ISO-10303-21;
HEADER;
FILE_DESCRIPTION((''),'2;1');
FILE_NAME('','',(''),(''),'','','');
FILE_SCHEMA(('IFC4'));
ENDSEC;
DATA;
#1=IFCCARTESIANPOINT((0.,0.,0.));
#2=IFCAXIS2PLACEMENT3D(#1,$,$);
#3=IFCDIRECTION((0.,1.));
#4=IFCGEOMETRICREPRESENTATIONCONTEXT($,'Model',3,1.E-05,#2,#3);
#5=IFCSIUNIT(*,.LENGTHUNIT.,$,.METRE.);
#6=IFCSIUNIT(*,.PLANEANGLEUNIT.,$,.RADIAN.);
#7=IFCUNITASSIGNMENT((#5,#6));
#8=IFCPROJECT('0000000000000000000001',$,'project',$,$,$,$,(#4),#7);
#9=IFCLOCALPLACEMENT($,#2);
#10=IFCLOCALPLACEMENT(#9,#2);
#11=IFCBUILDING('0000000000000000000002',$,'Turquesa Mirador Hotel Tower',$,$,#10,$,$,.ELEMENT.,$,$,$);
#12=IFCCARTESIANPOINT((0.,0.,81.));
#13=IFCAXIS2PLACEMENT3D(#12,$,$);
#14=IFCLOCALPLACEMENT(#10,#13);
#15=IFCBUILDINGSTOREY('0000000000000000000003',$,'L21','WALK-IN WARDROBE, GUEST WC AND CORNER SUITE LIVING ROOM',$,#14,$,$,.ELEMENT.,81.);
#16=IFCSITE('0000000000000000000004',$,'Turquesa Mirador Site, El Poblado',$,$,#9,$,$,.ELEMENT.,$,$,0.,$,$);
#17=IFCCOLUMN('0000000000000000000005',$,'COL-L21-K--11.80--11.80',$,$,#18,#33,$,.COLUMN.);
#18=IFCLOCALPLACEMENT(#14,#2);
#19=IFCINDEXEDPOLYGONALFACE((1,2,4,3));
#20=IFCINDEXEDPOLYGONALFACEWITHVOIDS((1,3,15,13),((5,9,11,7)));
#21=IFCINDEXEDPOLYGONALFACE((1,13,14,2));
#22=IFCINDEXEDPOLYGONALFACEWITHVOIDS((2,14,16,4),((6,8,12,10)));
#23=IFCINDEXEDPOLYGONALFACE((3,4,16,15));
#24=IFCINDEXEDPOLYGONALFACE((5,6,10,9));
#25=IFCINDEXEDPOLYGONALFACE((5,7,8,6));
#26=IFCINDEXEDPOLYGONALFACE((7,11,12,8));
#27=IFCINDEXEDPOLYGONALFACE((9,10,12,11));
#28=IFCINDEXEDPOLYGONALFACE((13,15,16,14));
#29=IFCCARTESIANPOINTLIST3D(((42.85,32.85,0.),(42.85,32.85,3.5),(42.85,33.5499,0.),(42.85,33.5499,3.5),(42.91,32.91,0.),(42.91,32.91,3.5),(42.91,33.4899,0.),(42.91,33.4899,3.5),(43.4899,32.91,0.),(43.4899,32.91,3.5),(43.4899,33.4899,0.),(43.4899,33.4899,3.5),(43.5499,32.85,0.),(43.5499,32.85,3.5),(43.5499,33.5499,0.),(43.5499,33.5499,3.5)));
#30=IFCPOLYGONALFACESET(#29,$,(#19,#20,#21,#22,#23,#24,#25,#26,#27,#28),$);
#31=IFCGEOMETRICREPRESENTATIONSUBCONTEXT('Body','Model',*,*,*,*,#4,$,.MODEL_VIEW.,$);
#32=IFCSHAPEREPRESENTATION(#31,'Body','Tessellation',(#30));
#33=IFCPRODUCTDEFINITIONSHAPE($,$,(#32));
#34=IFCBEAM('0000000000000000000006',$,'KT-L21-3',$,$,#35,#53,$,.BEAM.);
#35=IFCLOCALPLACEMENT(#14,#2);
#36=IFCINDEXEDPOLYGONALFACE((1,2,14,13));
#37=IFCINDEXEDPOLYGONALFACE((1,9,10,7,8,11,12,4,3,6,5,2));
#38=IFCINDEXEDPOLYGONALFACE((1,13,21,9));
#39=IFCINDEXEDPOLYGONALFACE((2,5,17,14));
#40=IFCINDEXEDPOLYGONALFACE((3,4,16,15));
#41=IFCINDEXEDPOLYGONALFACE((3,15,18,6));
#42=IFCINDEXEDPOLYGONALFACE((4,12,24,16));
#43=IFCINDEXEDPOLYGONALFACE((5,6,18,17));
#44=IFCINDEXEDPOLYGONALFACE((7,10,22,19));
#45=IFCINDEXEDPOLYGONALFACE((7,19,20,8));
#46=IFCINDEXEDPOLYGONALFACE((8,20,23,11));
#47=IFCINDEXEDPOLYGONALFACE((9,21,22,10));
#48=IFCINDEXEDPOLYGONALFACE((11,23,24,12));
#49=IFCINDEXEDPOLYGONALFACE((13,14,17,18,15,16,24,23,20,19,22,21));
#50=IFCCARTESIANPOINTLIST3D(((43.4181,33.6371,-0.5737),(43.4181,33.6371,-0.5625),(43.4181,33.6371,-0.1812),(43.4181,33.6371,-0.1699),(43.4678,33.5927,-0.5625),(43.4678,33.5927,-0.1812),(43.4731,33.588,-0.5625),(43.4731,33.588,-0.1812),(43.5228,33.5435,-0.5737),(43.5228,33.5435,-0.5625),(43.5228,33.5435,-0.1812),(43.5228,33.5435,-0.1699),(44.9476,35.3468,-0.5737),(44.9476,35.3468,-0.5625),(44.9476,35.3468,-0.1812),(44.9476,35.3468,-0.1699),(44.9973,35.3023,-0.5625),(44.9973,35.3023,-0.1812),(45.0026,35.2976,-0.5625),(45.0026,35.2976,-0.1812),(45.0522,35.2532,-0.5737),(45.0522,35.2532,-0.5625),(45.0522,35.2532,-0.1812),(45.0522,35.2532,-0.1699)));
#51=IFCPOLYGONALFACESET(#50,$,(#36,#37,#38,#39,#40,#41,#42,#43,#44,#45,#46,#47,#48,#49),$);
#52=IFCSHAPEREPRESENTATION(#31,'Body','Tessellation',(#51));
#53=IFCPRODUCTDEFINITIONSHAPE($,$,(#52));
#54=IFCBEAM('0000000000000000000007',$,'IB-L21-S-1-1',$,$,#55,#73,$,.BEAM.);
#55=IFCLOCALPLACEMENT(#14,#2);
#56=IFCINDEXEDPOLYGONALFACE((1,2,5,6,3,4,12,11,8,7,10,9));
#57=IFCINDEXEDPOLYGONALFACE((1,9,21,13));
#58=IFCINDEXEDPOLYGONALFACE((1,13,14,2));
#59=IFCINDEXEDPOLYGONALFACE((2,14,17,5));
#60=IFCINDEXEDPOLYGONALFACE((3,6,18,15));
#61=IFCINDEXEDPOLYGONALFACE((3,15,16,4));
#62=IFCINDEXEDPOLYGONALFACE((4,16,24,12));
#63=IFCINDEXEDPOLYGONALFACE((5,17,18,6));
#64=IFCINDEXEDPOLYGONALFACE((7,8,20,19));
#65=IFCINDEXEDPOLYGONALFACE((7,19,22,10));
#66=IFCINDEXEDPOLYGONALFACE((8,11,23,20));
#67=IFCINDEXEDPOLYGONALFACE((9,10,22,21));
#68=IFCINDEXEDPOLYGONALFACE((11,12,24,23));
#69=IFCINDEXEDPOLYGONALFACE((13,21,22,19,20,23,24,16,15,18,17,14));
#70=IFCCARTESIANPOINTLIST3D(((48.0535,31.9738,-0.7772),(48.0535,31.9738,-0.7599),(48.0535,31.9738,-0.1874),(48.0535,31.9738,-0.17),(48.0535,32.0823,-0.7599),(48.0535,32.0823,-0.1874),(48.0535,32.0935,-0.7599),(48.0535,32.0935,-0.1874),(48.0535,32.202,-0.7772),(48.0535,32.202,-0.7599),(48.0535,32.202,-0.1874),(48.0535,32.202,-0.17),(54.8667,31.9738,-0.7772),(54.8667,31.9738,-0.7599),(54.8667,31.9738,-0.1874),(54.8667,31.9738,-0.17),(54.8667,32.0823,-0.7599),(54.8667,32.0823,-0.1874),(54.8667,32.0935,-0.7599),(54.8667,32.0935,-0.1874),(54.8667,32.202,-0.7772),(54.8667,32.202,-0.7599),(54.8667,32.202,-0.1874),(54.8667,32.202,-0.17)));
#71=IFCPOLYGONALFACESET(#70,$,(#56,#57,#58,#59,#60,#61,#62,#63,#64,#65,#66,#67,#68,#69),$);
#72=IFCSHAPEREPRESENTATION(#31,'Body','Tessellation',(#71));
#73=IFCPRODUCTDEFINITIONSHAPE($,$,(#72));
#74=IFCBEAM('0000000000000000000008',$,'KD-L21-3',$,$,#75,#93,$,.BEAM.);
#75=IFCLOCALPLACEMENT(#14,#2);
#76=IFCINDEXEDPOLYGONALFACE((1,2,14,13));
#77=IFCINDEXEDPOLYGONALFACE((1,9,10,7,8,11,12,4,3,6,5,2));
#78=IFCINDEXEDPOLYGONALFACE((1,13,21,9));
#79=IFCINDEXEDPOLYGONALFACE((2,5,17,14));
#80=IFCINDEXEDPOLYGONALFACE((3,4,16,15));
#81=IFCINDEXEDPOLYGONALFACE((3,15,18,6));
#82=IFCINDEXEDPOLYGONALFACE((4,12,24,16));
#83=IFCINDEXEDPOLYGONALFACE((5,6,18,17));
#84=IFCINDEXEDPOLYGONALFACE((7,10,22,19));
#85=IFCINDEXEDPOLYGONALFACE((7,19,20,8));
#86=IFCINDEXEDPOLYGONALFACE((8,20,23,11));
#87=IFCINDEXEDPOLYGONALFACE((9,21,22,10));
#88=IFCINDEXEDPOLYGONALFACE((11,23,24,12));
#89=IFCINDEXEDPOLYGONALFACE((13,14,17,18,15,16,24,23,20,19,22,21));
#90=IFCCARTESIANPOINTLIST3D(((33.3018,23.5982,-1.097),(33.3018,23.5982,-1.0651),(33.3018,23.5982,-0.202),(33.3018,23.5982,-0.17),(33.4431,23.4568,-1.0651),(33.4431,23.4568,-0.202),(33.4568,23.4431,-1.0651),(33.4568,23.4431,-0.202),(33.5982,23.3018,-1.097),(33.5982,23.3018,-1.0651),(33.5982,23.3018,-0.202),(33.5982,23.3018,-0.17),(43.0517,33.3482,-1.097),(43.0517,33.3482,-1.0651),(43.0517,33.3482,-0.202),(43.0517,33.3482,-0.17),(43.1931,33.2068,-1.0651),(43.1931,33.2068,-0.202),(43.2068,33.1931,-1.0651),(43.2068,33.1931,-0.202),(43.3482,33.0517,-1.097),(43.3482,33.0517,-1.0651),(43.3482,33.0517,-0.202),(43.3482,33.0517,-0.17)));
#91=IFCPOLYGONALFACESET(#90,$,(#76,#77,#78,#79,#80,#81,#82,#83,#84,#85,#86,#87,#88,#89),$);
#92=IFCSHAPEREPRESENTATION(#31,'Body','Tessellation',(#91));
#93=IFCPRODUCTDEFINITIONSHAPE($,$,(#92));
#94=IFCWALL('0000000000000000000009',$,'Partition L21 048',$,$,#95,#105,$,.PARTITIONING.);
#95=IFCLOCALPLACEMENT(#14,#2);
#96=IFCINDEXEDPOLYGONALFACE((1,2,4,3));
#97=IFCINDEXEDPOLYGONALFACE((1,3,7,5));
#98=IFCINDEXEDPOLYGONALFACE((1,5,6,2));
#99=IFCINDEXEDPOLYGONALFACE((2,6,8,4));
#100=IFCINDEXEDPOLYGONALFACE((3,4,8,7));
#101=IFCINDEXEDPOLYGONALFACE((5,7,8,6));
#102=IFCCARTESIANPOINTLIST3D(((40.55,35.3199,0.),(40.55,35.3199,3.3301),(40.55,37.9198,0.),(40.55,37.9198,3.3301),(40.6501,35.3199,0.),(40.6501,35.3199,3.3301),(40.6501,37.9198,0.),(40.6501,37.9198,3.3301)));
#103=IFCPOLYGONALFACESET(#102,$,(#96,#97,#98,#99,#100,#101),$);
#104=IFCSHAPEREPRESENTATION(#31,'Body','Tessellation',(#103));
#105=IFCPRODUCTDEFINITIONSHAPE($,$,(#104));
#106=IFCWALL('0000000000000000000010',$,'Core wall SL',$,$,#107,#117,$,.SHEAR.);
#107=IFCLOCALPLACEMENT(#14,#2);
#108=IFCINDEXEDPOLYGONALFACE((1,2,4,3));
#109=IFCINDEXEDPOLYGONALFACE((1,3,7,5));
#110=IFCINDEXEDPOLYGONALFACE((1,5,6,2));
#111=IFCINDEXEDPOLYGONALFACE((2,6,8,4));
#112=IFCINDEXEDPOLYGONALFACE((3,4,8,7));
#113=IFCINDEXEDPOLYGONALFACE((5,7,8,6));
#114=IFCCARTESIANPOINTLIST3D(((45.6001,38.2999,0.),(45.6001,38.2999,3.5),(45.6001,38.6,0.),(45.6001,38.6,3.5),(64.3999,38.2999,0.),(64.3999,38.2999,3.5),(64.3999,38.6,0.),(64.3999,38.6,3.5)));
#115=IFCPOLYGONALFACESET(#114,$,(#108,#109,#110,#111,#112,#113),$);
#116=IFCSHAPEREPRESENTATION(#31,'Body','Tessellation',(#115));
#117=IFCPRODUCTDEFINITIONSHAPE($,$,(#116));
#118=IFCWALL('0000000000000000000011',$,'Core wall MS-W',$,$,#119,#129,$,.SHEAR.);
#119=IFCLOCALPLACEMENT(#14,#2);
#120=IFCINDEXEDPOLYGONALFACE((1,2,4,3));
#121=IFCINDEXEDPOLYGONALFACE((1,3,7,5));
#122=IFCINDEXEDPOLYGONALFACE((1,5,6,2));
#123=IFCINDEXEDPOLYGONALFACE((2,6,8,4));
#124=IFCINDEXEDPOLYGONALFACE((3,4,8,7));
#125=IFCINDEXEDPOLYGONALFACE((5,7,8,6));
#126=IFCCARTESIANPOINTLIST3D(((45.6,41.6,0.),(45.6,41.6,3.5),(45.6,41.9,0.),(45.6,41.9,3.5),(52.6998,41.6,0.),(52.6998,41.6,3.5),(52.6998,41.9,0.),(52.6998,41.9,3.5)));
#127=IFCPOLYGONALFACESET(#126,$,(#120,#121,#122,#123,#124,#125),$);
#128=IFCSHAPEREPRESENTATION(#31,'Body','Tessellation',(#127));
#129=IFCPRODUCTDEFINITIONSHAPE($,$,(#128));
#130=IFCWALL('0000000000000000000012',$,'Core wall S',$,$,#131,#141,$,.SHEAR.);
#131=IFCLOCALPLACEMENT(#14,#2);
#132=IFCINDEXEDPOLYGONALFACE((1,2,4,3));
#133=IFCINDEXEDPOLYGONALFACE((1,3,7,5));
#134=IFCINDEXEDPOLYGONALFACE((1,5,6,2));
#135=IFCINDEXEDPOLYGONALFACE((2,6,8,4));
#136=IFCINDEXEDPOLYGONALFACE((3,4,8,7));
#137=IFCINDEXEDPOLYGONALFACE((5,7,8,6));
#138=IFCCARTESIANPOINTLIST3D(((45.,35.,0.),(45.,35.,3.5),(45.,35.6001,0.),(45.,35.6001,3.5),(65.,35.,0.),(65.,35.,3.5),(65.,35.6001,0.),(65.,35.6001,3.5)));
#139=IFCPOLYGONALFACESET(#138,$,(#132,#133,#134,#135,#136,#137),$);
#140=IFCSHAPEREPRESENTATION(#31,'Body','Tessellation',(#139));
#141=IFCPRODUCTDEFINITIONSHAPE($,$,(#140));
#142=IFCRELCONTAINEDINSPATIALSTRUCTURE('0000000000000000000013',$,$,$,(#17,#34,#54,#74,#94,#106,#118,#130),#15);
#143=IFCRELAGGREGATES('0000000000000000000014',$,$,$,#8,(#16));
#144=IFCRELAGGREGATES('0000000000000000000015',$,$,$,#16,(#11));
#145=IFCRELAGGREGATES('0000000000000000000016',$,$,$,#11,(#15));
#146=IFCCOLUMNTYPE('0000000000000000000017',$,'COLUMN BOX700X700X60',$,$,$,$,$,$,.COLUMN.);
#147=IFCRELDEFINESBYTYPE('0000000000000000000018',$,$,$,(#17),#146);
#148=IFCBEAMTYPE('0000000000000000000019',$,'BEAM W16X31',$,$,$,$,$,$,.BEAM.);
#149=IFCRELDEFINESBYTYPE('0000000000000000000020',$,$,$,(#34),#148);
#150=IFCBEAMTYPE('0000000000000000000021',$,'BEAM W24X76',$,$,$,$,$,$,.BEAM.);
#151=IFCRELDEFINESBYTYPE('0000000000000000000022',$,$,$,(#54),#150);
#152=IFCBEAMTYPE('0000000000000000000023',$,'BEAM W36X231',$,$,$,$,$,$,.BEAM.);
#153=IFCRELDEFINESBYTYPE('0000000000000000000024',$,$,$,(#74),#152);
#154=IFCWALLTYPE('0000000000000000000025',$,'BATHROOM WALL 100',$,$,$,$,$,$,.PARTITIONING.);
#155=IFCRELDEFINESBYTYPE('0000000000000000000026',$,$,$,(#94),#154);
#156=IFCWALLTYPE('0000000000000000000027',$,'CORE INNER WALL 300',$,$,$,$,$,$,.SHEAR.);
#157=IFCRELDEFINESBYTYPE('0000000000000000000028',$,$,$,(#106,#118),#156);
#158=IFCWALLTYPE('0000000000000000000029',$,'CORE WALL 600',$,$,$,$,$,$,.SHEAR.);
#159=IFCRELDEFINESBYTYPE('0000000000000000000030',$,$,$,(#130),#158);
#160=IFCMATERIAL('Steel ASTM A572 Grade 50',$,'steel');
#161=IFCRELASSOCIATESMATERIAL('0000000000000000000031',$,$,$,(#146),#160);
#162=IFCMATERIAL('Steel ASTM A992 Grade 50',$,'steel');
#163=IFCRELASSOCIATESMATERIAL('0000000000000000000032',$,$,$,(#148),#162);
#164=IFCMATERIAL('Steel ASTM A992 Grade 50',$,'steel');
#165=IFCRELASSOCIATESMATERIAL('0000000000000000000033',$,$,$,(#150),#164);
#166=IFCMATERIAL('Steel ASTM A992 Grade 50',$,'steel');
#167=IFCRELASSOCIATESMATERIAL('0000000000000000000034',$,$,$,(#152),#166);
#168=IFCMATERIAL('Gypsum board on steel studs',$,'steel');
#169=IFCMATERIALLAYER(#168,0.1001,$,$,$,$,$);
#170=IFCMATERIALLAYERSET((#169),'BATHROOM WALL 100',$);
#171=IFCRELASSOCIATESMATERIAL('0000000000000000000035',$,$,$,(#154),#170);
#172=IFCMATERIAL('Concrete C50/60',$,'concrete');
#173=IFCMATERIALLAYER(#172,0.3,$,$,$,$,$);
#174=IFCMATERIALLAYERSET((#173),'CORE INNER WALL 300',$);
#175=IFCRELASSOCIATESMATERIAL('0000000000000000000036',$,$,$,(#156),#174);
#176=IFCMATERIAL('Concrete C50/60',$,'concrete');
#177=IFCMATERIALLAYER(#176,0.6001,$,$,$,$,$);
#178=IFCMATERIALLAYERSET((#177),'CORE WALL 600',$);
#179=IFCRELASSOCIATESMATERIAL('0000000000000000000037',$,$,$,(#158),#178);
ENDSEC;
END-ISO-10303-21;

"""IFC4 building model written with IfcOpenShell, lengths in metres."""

from ifc_helpers import new_model, si_unit, direction, frame, frame_2d, origin, origin_2d, place, context, subcontext, project, spatial, rectangle, hollow_rectangle, i_section, extrude, material, layer, layer_set, material_profile, profile_set, type_object, element, save


model = new_model("IFC4")

# Units and contexts
model_context = context("Model", 3, precision=1e-05, world=origin(), true_north=direction((0.0, 1.0)))
body_context = subcontext(model_context, "Body", "Model", "MODEL_VIEW")
ifc_project = project(units=[si_unit("LENGTHUNIT", "METRE"), si_unit("PLANEANGLEUNIT", "RADIAN")], contexts=[model_context])

# Site, building, storey
site_placement = place(None, origin())
site = spatial("IfcSite", under=ifc_project, at=site_placement, Name="Turquesa Mirador Site, El Poblado", CompositionType="ELEMENT", RefElevation=0.0)
building_placement = place(site_placement, origin())
building = spatial("IfcBuilding", under=site, at=building_placement, Name="Turquesa Mirador Hotel Tower", CompositionType="ELEMENT")
storey_placement = place(building_placement, frame((0.0, 0.0, 81.0)))
storey = spatial("IfcBuildingStorey", under=building, at=storey_placement, Name="L21", Description="WALK-IN WARDROBE, GUEST WC AND CORNER SUITE LIVING ROOM", CompositionType="ELEMENT", Elevation=81.0)

# Column
ifc_material_1 = material(Name="Steel ASTM A572 Grade 50", Category="steel")
ifc_material_profile_1 = material_profile(ifc_material_1, hollow_rectangle(XDim=0.7, YDim=0.7, WallThickness=0.0601, at=origin_2d()), Name="BOX700X700X60")
ifc_profile_set_1 = profile_set([ifc_material_profile_1], Name="Steel ASTM A572 Grade 50")
column_type = type_object("IfcColumnType", Name="COLUMN BOX700X700X60", PredefinedType="COLUMN", material=ifc_profile_set_1)
column_placement = place(storey_placement, frame((43.2, 33.2, 0.0), z_axis=(0.0, 0.0, 1.0), x_axis=(1.0, 0.0, 0.0)))
element("IfcColumn", 1, at=column_placement, inside=storey, type_object=column_type, Name="COL-L21-K--11.80--11.80", PredefinedType="COLUMN", context=body_context, shape_type="SweptSolid", body=[
    extrude(hollow_rectangle(XDim=0.7, YDim=0.7, WallThickness=0.0601, at=origin_2d()), origin(), (0.0, 0.0, 1.0), 3.5),
])

# Beams
ifc_material_2 = material(Name="Steel ASTM A992 Grade 50", Category="steel")
ifc_material_profile_2 = material_profile(ifc_material_2, i_section(OverallWidth=0.1404, OverallDepth=0.4038, WebThickness=0.0071, FlangeThickness=0.0112, at=origin_2d()), Name="W16X31")
ifc_profile_set_2 = profile_set([ifc_material_profile_2], Name="Steel ASTM A992 Grade 50")
beam_type_1 = type_object("IfcBeamType", Name="BEAM W16X31", PredefinedType="BEAM", material=ifc_profile_set_2)
beam_1_placement = place(storey_placement, frame((43.4705, 33.5903, -0.3718), z_axis=(0.666745, 0.745286, 0.0), x_axis=(-0.745286, 0.666745, 0.0)))
element("IfcBeam", 2, at=beam_1_placement, inside=storey, type_object=beam_type_1, Name="KT-L21-3", PredefinedType="BEAM", context=body_context, shape_type="SweptSolid", body=[
    extrude(i_section(OverallWidth=0.1404, OverallDepth=0.4038, WebThickness=0.0071, FlangeThickness=0.0112, at=origin_2d()), origin(), (0.0, 0.0, 1.0), 2.2939),
])
ifc_material_3 = material(Name="Steel ASTM A992 Grade 50", Category="steel")
ifc_material_profile_3 = material_profile(ifc_material_3, i_section(OverallWidth=0.2283, OverallDepth=0.6072, WebThickness=0.0112, FlangeThickness=0.0173, at=origin_2d()), Name="W24X76")
ifc_profile_set_3 = profile_set([ifc_material_profile_3], Name="Steel ASTM A992 Grade 50")
beam_type_2 = type_object("IfcBeamType", Name="BEAM W24X76", PredefinedType="BEAM", material=ifc_profile_set_3)
beam_2_placement = place(storey_placement, frame((48.0535, 32.0879, -0.4736), z_axis=(1.0, 0.0, 0.0), x_axis=(0.0, 1.0, 0.0)))
element("IfcBeam", 3, at=beam_2_placement, inside=storey, type_object=beam_type_2, Name="IB-L21-S-1-1", PredefinedType="BEAM", context=body_context, shape_type="SweptSolid", body=[
    extrude(i_section(OverallWidth=0.2283, OverallDepth=0.6072, WebThickness=0.0112, FlangeThickness=0.0173, at=origin_2d()), origin(), (0.0, 0.0, 1.0), 6.8132),
])
ifc_material_4 = material(Name="Steel ASTM A992 Grade 50", Category="steel")
ifc_material_profile_4 = material_profile(ifc_material_4, i_section(OverallWidth=0.4192, OverallDepth=0.927, WebThickness=0.0193, FlangeThickness=0.032, at=origin_2d()), Name="W36X231")
ifc_profile_set_4 = profile_set([ifc_material_profile_4], Name="Steel ASTM A992 Grade 50")
beam_type_3 = type_object("IfcBeamType", Name="BEAM W36X231", PredefinedType="BEAM", material=ifc_profile_set_4)
beam_3_placement = place(storey_placement, frame((43.2, 33.2, -0.6335), z_axis=(-0.707107, -0.707107, 0.0), x_axis=(0.707107, -0.707107, 0.0)))
element("IfcBeam", 4, at=beam_3_placement, inside=storey, type_object=beam_type_3, Name="KD-L21-3", PredefinedType="BEAM", context=body_context, shape_type="SweptSolid", body=[
    extrude(i_section(OverallWidth=0.4192, OverallDepth=0.927, WebThickness=0.0193, FlangeThickness=0.032, at=origin_2d()), origin(), (0.0, 0.0, 1.0), 13.7886),
])

# Walls
ifc_material_5 = material(Name="Gypsum board on steel studs", Category="steel")
ifc_layer_1 = layer(ifc_material_5, 0.1001)
ifc_layer_set_1 = layer_set([ifc_layer_1], Name="BATHROOM WALL 100")
wall_type_1 = type_object("IfcWallType", Name="BATHROOM WALL 100", PredefinedType="PARTITIONING", material=ifc_layer_set_1)
wall_1_placement = place(storey_placement, frame((40.6001, 35.3201, 0.0), z_axis=(0.0, 0.0, 1.0), x_axis=(0.0, 1.0, 0.0)))
element("IfcWall", 5, at=wall_1_placement, inside=storey, type_object=wall_type_1, Name="Partition L21 048", PredefinedType="PARTITIONING", context=body_context, shape_type="SweptSolid", body=[
    extrude(rectangle(XDim=2.5999, YDim=0.1001, at=frame_2d((1.2998, 0.0))), origin(), (0.0, 0.0, 1.0), 3.3301),
])
ifc_material_6 = material(Name="Concrete C50/60", Category="concrete")
ifc_layer_2 = layer(ifc_material_6, 0.3)
ifc_layer_set_2 = layer_set([ifc_layer_2], Name="CORE INNER WALL 300")
wall_type_2 = type_object("IfcWallType", Name="CORE INNER WALL 300", PredefinedType="SHEAR", material=ifc_layer_set_2)
wall_2_placement = place(storey_placement, frame((45.6001, 38.45, 0.0), z_axis=(0.0, 0.0, 1.0), x_axis=(1.0, 0.0, 0.0)))
element("IfcWall", 6, at=wall_2_placement, inside=storey, type_object=wall_type_2, Name="Core wall SL", PredefinedType="SHEAR", context=body_context, shape_type="SweptSolid", body=[
    extrude(rectangle(XDim=18.7998, YDim=0.3, at=frame_2d((9.3999, 0.0))), origin(), (0.0, 0.0, 1.0), 3.5),
])
wall_3_placement = place(storey_placement, frame((45.6001, 41.75, 0.0), z_axis=(0.0, 0.0, 1.0), x_axis=(1.0, 0.0, 0.0)))
element("IfcWall", 7, at=wall_3_placement, inside=storey, type_object=wall_type_2, Name="Core wall MS-W", PredefinedType="SHEAR", context=body_context, shape_type="SweptSolid", body=[
    extrude(rectangle(XDim=7.0999, YDim=0.3, at=frame_2d((3.5498, 0.0))), origin(), (0.0, 0.0, 1.0), 3.5),
])
ifc_material_7 = material(Name="Concrete C50/60", Category="concrete")
ifc_layer_3 = layer(ifc_material_7, 0.6001)
ifc_layer_set_3 = layer_set([ifc_layer_3], Name="CORE WALL 600")
wall_type_3 = type_object("IfcWallType", Name="CORE WALL 600", PredefinedType="SHEAR", material=ifc_layer_set_3)
wall_4_placement = place(storey_placement, frame((45.0, 35.3, 0.0), z_axis=(0.0, 0.0, 1.0), x_axis=(1.0, 0.0, 0.0)))
element("IfcWall", 8, at=wall_4_placement, inside=storey, type_object=wall_type_3, Name="Core wall S", PredefinedType="SHEAR", context=body_context, shape_type="SweptSolid", body=[
    extrude(rectangle(XDim=20.0, YDim=0.6001, at=frame_2d((10.0, 0.0))), origin(), (0.0, 0.0, 1.0), 3.5),
])

save(model, "model.ifc")
